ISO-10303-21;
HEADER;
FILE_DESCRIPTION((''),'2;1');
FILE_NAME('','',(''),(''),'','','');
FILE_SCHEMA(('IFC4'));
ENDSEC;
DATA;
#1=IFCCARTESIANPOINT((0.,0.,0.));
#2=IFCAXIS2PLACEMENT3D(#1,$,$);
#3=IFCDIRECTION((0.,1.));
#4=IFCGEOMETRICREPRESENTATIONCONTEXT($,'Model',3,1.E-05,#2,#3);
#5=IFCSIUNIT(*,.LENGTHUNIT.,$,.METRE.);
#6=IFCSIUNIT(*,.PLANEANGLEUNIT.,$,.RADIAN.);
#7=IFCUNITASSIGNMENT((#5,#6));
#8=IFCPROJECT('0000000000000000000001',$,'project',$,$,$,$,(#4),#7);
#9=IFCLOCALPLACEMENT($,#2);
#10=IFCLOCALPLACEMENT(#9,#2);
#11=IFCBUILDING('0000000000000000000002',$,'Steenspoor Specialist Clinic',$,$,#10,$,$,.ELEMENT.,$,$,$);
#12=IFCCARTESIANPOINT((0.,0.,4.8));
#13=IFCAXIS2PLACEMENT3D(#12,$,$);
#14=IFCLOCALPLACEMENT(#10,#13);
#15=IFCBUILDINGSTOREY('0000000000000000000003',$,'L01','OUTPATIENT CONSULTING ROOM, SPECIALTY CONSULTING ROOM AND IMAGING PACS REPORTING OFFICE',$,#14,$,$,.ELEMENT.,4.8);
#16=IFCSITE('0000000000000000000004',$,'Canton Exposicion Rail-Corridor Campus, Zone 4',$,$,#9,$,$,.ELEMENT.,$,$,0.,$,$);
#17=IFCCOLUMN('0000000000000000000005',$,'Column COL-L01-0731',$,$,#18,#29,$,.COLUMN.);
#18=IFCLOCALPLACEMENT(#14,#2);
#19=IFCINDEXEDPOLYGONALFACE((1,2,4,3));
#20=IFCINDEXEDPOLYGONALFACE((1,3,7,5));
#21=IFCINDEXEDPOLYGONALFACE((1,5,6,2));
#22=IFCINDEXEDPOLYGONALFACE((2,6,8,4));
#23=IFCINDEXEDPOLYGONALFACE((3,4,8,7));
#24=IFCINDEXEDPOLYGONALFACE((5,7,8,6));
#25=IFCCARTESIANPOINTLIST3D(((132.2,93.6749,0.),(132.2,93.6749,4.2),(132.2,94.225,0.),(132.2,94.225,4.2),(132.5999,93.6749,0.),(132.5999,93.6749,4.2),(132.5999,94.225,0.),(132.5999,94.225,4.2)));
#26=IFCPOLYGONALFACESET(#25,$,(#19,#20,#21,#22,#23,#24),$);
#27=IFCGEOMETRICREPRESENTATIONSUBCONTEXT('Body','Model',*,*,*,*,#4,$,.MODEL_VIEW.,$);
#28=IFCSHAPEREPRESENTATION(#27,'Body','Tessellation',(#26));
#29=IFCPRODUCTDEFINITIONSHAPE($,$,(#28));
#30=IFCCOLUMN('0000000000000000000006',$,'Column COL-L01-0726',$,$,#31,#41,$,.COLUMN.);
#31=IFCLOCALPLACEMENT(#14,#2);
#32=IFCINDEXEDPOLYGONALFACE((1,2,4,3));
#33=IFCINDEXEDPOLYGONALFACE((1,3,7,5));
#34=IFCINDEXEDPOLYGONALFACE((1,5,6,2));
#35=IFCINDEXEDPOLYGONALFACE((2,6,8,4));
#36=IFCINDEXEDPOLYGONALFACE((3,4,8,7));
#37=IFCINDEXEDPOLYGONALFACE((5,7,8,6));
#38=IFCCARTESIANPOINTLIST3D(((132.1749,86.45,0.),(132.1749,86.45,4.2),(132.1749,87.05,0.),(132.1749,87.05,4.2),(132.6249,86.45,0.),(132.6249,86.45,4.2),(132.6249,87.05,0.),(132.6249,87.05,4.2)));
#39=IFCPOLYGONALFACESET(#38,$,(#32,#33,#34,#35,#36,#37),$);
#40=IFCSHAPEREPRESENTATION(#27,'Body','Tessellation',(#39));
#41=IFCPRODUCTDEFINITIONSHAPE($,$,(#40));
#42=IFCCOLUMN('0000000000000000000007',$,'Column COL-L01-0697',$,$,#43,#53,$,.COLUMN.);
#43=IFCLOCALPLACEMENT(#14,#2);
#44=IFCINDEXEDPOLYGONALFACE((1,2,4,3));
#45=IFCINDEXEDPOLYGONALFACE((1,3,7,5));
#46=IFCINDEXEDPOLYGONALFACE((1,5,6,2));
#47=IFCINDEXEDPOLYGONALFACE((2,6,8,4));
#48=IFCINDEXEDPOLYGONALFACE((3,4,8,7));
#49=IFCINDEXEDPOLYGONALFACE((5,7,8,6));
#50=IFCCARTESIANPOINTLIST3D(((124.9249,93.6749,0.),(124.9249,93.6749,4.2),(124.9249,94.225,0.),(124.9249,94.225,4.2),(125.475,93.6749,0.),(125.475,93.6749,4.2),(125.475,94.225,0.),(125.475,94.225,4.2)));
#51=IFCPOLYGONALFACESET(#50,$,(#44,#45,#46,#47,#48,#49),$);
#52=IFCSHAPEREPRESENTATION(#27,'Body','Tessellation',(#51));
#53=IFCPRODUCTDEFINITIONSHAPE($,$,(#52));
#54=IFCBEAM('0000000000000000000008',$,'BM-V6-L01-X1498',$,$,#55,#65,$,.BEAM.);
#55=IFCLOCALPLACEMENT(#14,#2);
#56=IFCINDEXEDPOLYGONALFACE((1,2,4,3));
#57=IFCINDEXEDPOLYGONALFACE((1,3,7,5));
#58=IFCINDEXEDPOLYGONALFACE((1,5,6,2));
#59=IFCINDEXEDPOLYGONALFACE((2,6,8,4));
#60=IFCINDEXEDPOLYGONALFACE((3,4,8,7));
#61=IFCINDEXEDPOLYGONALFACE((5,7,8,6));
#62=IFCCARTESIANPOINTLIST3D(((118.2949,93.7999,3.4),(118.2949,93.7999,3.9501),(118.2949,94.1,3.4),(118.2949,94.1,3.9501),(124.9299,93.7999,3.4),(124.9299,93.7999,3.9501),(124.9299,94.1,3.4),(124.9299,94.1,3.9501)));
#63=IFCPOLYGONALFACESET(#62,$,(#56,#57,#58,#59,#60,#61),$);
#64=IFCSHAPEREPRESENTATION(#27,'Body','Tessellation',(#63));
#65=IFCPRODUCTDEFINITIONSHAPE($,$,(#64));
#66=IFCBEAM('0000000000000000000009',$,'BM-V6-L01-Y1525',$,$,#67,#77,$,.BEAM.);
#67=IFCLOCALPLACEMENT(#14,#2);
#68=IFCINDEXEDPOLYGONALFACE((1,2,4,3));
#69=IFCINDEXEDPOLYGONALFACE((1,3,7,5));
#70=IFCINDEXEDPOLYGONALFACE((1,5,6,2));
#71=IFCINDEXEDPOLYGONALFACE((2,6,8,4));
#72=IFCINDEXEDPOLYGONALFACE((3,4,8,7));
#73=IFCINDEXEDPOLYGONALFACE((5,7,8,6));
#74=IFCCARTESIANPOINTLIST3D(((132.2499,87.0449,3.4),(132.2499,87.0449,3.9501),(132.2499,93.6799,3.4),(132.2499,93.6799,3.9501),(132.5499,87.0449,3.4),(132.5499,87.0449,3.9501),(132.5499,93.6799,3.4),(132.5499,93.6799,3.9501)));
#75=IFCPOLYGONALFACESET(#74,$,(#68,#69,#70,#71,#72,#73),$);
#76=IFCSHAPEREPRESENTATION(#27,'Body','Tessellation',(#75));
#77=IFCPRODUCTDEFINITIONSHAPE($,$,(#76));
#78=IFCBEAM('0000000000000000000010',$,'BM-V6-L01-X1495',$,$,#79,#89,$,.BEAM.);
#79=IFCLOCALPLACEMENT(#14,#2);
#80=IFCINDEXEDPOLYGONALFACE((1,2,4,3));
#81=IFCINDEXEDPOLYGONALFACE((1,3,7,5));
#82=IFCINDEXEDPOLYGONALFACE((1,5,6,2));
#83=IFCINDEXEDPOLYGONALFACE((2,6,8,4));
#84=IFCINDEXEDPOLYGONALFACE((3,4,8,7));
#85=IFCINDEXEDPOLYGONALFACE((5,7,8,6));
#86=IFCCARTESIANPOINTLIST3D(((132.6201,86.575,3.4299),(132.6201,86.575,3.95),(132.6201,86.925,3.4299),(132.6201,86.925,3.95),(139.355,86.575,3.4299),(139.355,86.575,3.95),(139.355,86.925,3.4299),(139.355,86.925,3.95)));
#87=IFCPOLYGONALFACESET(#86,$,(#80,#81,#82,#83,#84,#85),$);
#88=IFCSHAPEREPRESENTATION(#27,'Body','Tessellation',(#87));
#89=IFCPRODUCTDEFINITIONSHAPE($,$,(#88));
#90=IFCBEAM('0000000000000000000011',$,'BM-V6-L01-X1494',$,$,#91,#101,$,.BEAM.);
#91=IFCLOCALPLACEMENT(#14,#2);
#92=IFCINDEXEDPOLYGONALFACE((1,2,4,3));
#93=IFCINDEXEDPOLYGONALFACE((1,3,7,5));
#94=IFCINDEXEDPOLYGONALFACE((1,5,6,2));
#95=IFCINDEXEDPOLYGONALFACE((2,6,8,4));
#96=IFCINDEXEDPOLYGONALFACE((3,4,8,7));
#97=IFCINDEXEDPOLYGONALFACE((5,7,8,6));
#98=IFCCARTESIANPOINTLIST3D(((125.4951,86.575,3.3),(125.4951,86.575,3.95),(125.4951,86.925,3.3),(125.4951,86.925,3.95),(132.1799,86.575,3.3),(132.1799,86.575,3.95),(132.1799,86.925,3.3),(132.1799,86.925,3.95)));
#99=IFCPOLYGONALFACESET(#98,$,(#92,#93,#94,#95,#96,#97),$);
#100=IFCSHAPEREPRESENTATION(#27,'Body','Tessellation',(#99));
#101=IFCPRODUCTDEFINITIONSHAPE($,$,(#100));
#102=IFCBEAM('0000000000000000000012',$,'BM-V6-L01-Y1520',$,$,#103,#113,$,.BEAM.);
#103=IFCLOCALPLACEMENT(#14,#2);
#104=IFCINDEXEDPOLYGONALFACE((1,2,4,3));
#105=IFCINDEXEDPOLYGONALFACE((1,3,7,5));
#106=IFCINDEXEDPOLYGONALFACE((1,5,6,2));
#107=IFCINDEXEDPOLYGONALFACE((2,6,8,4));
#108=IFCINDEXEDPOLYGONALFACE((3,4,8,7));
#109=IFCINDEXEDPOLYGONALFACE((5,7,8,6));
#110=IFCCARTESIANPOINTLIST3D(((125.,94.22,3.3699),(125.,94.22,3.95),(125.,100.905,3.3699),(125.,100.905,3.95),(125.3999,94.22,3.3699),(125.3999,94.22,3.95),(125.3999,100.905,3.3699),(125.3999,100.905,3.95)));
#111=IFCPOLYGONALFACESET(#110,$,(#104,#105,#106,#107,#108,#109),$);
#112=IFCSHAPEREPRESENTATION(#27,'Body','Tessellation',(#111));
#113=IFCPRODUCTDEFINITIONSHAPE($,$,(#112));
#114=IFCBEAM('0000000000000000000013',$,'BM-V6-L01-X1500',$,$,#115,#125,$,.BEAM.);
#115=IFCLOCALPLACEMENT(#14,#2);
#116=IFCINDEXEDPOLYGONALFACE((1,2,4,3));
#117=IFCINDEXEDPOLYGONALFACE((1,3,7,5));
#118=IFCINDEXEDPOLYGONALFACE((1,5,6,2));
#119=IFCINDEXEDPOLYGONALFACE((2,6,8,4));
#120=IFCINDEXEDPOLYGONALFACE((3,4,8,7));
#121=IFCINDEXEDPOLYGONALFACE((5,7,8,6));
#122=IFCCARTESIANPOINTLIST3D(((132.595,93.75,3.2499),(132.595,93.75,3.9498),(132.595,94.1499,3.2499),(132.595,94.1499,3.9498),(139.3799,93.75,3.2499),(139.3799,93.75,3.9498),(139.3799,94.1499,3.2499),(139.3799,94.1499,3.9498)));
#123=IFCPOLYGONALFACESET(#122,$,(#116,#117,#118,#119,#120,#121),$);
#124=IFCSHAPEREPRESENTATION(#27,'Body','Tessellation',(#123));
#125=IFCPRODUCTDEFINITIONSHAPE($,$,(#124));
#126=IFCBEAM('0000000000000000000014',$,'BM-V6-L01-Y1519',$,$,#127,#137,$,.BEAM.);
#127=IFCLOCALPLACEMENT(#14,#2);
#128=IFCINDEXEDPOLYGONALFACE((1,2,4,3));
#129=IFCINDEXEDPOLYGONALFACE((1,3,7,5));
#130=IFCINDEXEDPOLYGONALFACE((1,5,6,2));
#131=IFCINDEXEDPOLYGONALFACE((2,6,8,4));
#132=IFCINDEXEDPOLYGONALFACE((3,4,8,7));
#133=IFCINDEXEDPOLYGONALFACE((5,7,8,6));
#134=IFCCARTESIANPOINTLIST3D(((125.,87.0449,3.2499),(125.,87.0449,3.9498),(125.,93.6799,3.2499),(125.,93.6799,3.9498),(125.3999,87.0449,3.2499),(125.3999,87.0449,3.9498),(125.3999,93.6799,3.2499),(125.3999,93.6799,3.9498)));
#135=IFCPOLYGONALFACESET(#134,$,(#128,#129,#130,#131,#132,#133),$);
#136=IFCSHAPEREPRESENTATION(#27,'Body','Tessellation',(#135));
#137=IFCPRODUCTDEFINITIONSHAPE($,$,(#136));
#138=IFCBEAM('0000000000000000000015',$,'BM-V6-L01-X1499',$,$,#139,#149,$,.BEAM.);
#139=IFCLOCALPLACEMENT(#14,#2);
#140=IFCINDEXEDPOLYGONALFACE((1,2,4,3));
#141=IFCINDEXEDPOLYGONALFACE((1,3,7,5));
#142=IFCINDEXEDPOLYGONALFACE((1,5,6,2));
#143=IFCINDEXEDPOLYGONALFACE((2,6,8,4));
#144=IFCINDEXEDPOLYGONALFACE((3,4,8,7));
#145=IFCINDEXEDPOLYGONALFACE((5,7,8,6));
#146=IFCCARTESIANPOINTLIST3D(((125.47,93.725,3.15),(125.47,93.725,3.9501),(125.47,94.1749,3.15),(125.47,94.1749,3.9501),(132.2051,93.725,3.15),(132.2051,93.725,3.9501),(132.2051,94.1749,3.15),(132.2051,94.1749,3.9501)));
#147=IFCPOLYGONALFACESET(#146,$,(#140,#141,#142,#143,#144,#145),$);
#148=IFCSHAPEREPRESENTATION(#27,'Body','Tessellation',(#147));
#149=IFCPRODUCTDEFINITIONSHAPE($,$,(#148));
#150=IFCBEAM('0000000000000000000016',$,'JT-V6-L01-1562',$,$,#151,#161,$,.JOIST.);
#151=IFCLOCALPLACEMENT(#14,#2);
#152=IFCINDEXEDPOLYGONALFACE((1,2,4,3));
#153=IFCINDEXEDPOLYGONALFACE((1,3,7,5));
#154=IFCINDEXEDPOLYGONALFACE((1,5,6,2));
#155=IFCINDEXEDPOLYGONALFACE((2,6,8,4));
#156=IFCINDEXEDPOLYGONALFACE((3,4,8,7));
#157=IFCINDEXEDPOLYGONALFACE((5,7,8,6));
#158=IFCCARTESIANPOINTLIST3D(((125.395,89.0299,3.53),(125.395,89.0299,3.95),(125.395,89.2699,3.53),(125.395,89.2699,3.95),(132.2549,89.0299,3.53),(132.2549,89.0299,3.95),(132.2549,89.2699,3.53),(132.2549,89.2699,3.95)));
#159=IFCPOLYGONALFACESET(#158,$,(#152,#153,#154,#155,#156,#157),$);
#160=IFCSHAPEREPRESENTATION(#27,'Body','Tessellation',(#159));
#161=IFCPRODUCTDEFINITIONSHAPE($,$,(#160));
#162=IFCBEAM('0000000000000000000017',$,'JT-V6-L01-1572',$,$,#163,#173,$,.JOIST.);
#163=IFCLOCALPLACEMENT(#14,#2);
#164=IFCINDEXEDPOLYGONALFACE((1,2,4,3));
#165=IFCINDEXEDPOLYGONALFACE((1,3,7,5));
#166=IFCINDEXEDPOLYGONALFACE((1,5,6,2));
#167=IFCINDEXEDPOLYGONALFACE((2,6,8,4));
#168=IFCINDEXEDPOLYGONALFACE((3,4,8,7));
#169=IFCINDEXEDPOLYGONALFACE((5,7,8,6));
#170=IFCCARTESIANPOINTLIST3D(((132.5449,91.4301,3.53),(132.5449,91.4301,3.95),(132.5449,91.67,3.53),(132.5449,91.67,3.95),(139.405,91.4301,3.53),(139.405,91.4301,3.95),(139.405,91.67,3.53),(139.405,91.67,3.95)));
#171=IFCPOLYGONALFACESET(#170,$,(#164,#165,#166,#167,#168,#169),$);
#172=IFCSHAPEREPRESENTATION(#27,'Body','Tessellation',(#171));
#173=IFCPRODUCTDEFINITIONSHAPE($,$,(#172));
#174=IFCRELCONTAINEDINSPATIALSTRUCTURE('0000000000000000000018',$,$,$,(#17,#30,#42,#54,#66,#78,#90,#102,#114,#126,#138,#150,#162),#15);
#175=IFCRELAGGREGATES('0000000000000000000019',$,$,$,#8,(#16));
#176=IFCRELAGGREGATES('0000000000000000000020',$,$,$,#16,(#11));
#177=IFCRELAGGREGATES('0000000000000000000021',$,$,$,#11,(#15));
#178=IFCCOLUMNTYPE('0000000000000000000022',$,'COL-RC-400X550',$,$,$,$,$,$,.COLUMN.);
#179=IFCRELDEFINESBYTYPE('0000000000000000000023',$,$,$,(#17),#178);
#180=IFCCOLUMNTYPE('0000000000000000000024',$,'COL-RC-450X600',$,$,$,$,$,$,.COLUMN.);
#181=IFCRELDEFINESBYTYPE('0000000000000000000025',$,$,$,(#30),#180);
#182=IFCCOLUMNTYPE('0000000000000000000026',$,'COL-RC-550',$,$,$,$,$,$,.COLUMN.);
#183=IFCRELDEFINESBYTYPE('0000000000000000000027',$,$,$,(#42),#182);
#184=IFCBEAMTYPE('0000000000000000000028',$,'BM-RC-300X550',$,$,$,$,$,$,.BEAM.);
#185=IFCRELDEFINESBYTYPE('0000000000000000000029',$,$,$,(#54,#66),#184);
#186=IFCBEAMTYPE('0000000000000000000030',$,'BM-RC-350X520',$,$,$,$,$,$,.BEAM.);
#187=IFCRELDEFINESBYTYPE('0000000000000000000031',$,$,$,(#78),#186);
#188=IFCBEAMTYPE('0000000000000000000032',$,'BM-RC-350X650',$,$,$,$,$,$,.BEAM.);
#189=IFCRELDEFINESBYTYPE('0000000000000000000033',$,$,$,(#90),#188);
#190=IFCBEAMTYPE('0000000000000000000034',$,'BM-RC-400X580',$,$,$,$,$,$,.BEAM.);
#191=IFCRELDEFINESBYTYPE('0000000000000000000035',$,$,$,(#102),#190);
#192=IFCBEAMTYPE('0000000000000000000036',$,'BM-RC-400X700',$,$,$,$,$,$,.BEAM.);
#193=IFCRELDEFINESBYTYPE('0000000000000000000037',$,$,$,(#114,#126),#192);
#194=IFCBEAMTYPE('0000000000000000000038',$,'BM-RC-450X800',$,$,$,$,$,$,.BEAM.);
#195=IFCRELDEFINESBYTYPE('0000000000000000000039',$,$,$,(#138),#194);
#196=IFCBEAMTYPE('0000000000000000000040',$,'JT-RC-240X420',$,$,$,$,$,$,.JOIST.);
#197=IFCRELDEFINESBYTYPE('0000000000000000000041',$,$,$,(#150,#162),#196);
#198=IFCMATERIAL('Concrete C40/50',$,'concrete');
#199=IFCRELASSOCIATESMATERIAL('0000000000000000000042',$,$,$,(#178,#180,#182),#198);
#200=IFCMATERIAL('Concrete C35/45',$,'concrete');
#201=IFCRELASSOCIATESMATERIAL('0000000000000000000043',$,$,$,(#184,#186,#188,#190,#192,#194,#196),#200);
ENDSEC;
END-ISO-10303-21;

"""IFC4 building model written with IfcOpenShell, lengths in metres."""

from ifc_helpers import new_model, si_unit, direction, frame, origin, origin_2d, place, context, subcontext, project, spatial, rectangle, extrude, material, material_profile, profile_set, type_object, element, save


model = new_model("IFC4")

# Units and contexts
model_context = context("Model", 3, precision=1e-05, world=origin(), true_north=direction((0.0, 1.0)))
body_context = subcontext(model_context, "Body", "Model", "MODEL_VIEW")
ifc_project = project(units=[si_unit("LENGTHUNIT", "METRE"), si_unit("PLANEANGLEUNIT", "RADIAN")], contexts=[model_context])

# Site, building, storey
site_placement = place(None, origin())
site = spatial("IfcSite", under=ifc_project, at=site_placement, Name="Canton Exposicion Rail-Corridor Campus, Zone 4", CompositionType="ELEMENT", RefElevation=0.0)
building_placement = place(site_placement, origin())
building = spatial("IfcBuilding", under=site, at=building_placement, Name="Steenspoor Specialist Clinic", CompositionType="ELEMENT")
storey_placement = place(building_placement, frame((0.0, 0.0, 4.8)))
storey = spatial("IfcBuildingStorey", under=building, at=storey_placement, Name="L01", Description="OUTPATIENT CONSULTING ROOM, SPECIALTY CONSULTING ROOM AND IMAGING PACS REPORTING OFFICE", CompositionType="ELEMENT", Elevation=4.8)

# Columns
ifc_material_1 = material(Name="Concrete C40/50", Category="concrete")
ifc_material_profile_1 = material_profile(ifc_material_1, rectangle(XDim=0.3999, YDim=0.55, at=origin_2d()), Name="RC-COL-400X550")
ifc_profile_set_1 = profile_set([ifc_material_profile_1], Name="Concrete C40/50")
column_type_1 = type_object("IfcColumnType", Name="COL-RC-400X550", PredefinedType="COLUMN", material=ifc_profile_set_1)
column_1_placement = place(storey_placement, frame((132.3999, 93.95, 0.0), z_axis=(0.0, 0.0, 1.0), x_axis=(1.0, 0.0, 0.0)))
element("IfcColumn", 1, at=column_1_placement, inside=storey, type_object=column_type_1, Name="Column COL-L01-0731", PredefinedType="COLUMN", context=body_context, shape_type="SweptSolid", body=[
    extrude(rectangle(XDim=0.3999, YDim=0.55, at=origin_2d()), origin(), (0.0, 0.0, 1.0), 4.2),
])
ifc_material_profile_2 = material_profile(ifc_material_1, rectangle(XDim=0.45, YDim=0.6001, at=origin_2d()), Name="RC-COL-450X600")
ifc_profile_set_2 = profile_set([ifc_material_profile_2], Name="Concrete C40/50")
column_type_2 = type_object("IfcColumnType", Name="COL-RC-450X600", PredefinedType="COLUMN", material=ifc_profile_set_2)
column_2_placement = place(storey_placement, frame((132.3999, 86.75, 0.0), z_axis=(0.0, 0.0, 1.0), x_axis=(1.0, 0.0, 0.0)))
element("IfcColumn", 2, at=column_2_placement, inside=storey, type_object=column_type_2, Name="Column COL-L01-0726", PredefinedType="COLUMN", context=body_context, shape_type="SweptSolid", body=[
    extrude(rectangle(XDim=0.45, YDim=0.6001, at=origin_2d()), origin(), (0.0, 0.0, 1.0), 4.2),
])
ifc_material_profile_3 = material_profile(ifc_material_1, rectangle(XDim=0.55, YDim=0.55, at=origin_2d()), Name="RC-COL-550X550")
ifc_profile_set_3 = profile_set([ifc_material_profile_3], Name="Concrete C40/50")
column_type_3 = type_object("IfcColumnType", Name="COL-RC-550", PredefinedType="COLUMN", material=ifc_profile_set_3)
column_3_placement = place(storey_placement, frame((125.2, 93.95, 0.0), z_axis=(0.0, 0.0, 1.0), x_axis=(1.0, 0.0, 0.0)))
element("IfcColumn", 3, at=column_3_placement, inside=storey, type_object=column_type_3, Name="Column COL-L01-0697", PredefinedType="COLUMN", context=body_context, shape_type="SweptSolid", body=[
    extrude(rectangle(XDim=0.55, YDim=0.55, at=origin_2d()), origin(), (0.0, 0.0, 1.0), 4.2),
])

# Beams
ifc_material_2 = material(Name="Concrete C35/45", Category="concrete")
ifc_material_profile_4 = material_profile(ifc_material_2, rectangle(XDim=0.3, YDim=0.55, at=origin_2d()), Name="RC-BM-300X550")
ifc_profile_set_4 = profile_set([ifc_material_profile_4], Name="Concrete C35/45")
beam_type_1 = type_object("IfcBeamType", Name="BM-RC-300X550", PredefinedType="BEAM", material=ifc_profile_set_4)
for number, where, z_axis, x_axis, name in (
    (4, (118.2949, 93.95, 3.675), (1.0, 0.0, 0.0), (0.0, 1.0, 0.0), "BM-V6-L01-X1498"),
    (5, (132.3999, 87.0449, 3.675), (0.0, 1.0, 0.0), (-1.0, 0.0, 0.0), "BM-V6-L01-Y1525"),
):
    element("IfcBeam", number, at=place(storey_placement, frame(where, z_axis=z_axis, x_axis=x_axis)), inside=storey, type_object=beam_type_1, Name=name, PredefinedType="BEAM", context=body_context, shape_type="SweptSolid", body=[
        extrude(rectangle(XDim=0.3, YDim=0.55, at=origin_2d()), origin(), (0.0, 0.0, 1.0), 6.635),
    ])
ifc_material_profile_5 = material_profile(ifc_material_2, rectangle(XDim=0.3501, YDim=0.52, at=origin_2d()), Name="RC-BM-350X520")
ifc_profile_set_5 = profile_set([ifc_material_profile_5], Name="Concrete C35/45")
beam_type_2 = type_object("IfcBeamType", Name="BM-RC-350X520", PredefinedType="BEAM", material=ifc_profile_set_5)
beam_1_placement = place(storey_placement, frame((132.6201, 86.75, 3.6899), z_axis=(1.0, 0.0, 0.0), x_axis=(0.0, 1.0, 0.0)))
element("IfcBeam", 6, at=beam_1_placement, inside=storey, type_object=beam_type_2, Name="BM-V6-L01-X1495", PredefinedType="BEAM", context=body_context, shape_type="SweptSolid", body=[
    extrude(rectangle(XDim=0.3501, YDim=0.52, at=origin_2d()), origin(), (0.0, 0.0, 1.0), 6.7349),
])
ifc_material_profile_6 = material_profile(ifc_material_2, rectangle(XDim=0.3501, YDim=0.6499, at=origin_2d()), Name="RC-BM-350X650")
ifc_profile_set_6 = profile_set([ifc_material_profile_6], Name="Concrete C35/45")
beam_type_3 = type_object("IfcBeamType", Name="BM-RC-350X650", PredefinedType="BEAM", material=ifc_profile_set_6)
beam_2_placement = place(storey_placement, frame((125.4951, 86.75, 3.625), z_axis=(1.0, 0.0, 0.0), x_axis=(0.0, 1.0, 0.0)))
element("IfcBeam", 7, at=beam_2_placement, inside=storey, type_object=beam_type_3, Name="BM-V6-L01-X1494", PredefinedType="BEAM", context=body_context, shape_type="SweptSolid", body=[
    extrude(rectangle(XDim=0.3501, YDim=0.6499, at=origin_2d()), origin(), (0.0, 0.0, 1.0), 6.6848),
])
ifc_material_profile_7 = material_profile(ifc_material_2, rectangle(XDim=0.3999, YDim=0.5801, at=origin_2d()), Name="RC-BM-400X580")
ifc_profile_set_7 = profile_set([ifc_material_profile_7], Name="Concrete C35/45")
beam_type_4 = type_object("IfcBeamType", Name="BM-RC-400X580", PredefinedType="BEAM", material=ifc_profile_set_7)
beam_3_placement = place(storey_placement, frame((125.2, 94.22, 3.6599), z_axis=(0.0, 1.0, 0.0), x_axis=(-1.0, 0.0, 0.0)))
element("IfcBeam", 8, at=beam_3_placement, inside=storey, type_object=beam_type_4, Name="BM-V6-L01-Y1520", PredefinedType="BEAM", context=body_context, shape_type="SweptSolid", body=[
    extrude(rectangle(XDim=0.3999, YDim=0.5801, at=origin_2d()), origin(), (0.0, 0.0, 1.0), 6.6851),
])
ifc_material_profile_8 = material_profile(ifc_material_2, rectangle(XDim=0.3999, YDim=0.7, at=origin_2d()), Name="RC-BM-400X700")
ifc_profile_set_8 = profile_set([ifc_material_profile_8], Name="Concrete C35/45")
beam_type_5 = type_object("IfcBeamType", Name="BM-RC-400X700", PredefinedType="BEAM", material=ifc_profile_set_8)
beam_4_placement = place(storey_placement, frame((132.595, 93.95, 3.5999), z_axis=(1.0, 0.0, 0.0), x_axis=(0.0, 1.0, 0.0)))
element("IfcBeam", 9, at=beam_4_placement, inside=storey, type_object=beam_type_5, Name="BM-V6-L01-X1500", PredefinedType="BEAM", context=body_context, shape_type="SweptSolid", body=[
    extrude(rectangle(XDim=0.3999, YDim=0.7, at=origin_2d()), origin(), (0.0, 0.0, 1.0), 6.7849),
])
beam_5_placement = place(storey_placement, frame((125.2, 87.0449, 3.5999), z_axis=(0.0, 1.0, 0.0), x_axis=(-1.0, 0.0, 0.0)))
element("IfcBeam", 10, at=beam_5_placement, inside=storey, type_object=beam_type_5, Name="BM-V6-L01-Y1519", PredefinedType="BEAM", context=body_context, shape_type="SweptSolid", body=[
    extrude(rectangle(XDim=0.3999, YDim=0.7, at=origin_2d()), origin(), (0.0, 0.0, 1.0), 6.635),
])
ifc_material_profile_9 = material_profile(ifc_material_2, rectangle(XDim=0.45, YDim=0.8, at=origin_2d()), Name="RC-BM-450X800")
ifc_profile_set_9 = profile_set([ifc_material_profile_9], Name="Concrete C35/45")
beam_type_6 = type_object("IfcBeamType", Name="BM-RC-450X800", PredefinedType="BEAM", material=ifc_profile_set_9)
beam_6_placement = place(storey_placement, frame((125.47, 93.95, 3.55), z_axis=(1.0, 0.0, 0.0), x_axis=(0.0, 1.0, 0.0)))
element("IfcBeam", 11, at=beam_6_placement, inside=storey, type_object=beam_type_6, Name="BM-V6-L01-X1499", PredefinedType="BEAM", context=body_context, shape_type="SweptSolid", body=[
    extrude(rectangle(XDim=0.45, YDim=0.8, at=origin_2d()), origin(), (0.0, 0.0, 1.0), 6.7351),
])
ifc_material_profile_10 = material_profile(ifc_material_2, rectangle(XDim=0.24, YDim=0.4199, at=origin_2d()), Name="RC-JT-240X420")
ifc_profile_set_10 = profile_set([ifc_material_profile_10], Name="Concrete C35/45")
beam_type_7 = type_object("IfcBeamType", Name="JT-RC-240X420", PredefinedType="JOIST", material=ifc_profile_set_10)
beam_7_placement = place(storey_placement, frame((125.395, 89.1499, 3.74), z_axis=(1.0, 0.0, 0.0), x_axis=(0.0, 1.0, 0.0)))
element("IfcBeam", 12, at=beam_7_placement, inside=storey, type_object=beam_type_7, Name="JT-V6-L01-1562", PredefinedType="JOIST", context=body_context, shape_type="SweptSolid", body=[
    extrude(rectangle(XDim=0.24, YDim=0.4199, at=origin_2d()), origin(), (0.0, 0.0, 1.0), 6.8599),
])
beam_8_placement = place(storey_placement, frame((132.5449, 91.55, 3.74), z_axis=(1.0, 0.0, 0.0), x_axis=(0.0, 1.0, 0.0)))
element("IfcBeam", 13, at=beam_8_placement, inside=storey, type_object=beam_type_7, Name="JT-V6-L01-1572", PredefinedType="JOIST", context=body_context, shape_type="SweptSolid", body=[
    extrude(rectangle(XDim=0.24, YDim=0.4199, at=origin_2d()), origin(), (0.0, 0.0, 1.0), 6.8601),
])

save(model, "model.ifc")
